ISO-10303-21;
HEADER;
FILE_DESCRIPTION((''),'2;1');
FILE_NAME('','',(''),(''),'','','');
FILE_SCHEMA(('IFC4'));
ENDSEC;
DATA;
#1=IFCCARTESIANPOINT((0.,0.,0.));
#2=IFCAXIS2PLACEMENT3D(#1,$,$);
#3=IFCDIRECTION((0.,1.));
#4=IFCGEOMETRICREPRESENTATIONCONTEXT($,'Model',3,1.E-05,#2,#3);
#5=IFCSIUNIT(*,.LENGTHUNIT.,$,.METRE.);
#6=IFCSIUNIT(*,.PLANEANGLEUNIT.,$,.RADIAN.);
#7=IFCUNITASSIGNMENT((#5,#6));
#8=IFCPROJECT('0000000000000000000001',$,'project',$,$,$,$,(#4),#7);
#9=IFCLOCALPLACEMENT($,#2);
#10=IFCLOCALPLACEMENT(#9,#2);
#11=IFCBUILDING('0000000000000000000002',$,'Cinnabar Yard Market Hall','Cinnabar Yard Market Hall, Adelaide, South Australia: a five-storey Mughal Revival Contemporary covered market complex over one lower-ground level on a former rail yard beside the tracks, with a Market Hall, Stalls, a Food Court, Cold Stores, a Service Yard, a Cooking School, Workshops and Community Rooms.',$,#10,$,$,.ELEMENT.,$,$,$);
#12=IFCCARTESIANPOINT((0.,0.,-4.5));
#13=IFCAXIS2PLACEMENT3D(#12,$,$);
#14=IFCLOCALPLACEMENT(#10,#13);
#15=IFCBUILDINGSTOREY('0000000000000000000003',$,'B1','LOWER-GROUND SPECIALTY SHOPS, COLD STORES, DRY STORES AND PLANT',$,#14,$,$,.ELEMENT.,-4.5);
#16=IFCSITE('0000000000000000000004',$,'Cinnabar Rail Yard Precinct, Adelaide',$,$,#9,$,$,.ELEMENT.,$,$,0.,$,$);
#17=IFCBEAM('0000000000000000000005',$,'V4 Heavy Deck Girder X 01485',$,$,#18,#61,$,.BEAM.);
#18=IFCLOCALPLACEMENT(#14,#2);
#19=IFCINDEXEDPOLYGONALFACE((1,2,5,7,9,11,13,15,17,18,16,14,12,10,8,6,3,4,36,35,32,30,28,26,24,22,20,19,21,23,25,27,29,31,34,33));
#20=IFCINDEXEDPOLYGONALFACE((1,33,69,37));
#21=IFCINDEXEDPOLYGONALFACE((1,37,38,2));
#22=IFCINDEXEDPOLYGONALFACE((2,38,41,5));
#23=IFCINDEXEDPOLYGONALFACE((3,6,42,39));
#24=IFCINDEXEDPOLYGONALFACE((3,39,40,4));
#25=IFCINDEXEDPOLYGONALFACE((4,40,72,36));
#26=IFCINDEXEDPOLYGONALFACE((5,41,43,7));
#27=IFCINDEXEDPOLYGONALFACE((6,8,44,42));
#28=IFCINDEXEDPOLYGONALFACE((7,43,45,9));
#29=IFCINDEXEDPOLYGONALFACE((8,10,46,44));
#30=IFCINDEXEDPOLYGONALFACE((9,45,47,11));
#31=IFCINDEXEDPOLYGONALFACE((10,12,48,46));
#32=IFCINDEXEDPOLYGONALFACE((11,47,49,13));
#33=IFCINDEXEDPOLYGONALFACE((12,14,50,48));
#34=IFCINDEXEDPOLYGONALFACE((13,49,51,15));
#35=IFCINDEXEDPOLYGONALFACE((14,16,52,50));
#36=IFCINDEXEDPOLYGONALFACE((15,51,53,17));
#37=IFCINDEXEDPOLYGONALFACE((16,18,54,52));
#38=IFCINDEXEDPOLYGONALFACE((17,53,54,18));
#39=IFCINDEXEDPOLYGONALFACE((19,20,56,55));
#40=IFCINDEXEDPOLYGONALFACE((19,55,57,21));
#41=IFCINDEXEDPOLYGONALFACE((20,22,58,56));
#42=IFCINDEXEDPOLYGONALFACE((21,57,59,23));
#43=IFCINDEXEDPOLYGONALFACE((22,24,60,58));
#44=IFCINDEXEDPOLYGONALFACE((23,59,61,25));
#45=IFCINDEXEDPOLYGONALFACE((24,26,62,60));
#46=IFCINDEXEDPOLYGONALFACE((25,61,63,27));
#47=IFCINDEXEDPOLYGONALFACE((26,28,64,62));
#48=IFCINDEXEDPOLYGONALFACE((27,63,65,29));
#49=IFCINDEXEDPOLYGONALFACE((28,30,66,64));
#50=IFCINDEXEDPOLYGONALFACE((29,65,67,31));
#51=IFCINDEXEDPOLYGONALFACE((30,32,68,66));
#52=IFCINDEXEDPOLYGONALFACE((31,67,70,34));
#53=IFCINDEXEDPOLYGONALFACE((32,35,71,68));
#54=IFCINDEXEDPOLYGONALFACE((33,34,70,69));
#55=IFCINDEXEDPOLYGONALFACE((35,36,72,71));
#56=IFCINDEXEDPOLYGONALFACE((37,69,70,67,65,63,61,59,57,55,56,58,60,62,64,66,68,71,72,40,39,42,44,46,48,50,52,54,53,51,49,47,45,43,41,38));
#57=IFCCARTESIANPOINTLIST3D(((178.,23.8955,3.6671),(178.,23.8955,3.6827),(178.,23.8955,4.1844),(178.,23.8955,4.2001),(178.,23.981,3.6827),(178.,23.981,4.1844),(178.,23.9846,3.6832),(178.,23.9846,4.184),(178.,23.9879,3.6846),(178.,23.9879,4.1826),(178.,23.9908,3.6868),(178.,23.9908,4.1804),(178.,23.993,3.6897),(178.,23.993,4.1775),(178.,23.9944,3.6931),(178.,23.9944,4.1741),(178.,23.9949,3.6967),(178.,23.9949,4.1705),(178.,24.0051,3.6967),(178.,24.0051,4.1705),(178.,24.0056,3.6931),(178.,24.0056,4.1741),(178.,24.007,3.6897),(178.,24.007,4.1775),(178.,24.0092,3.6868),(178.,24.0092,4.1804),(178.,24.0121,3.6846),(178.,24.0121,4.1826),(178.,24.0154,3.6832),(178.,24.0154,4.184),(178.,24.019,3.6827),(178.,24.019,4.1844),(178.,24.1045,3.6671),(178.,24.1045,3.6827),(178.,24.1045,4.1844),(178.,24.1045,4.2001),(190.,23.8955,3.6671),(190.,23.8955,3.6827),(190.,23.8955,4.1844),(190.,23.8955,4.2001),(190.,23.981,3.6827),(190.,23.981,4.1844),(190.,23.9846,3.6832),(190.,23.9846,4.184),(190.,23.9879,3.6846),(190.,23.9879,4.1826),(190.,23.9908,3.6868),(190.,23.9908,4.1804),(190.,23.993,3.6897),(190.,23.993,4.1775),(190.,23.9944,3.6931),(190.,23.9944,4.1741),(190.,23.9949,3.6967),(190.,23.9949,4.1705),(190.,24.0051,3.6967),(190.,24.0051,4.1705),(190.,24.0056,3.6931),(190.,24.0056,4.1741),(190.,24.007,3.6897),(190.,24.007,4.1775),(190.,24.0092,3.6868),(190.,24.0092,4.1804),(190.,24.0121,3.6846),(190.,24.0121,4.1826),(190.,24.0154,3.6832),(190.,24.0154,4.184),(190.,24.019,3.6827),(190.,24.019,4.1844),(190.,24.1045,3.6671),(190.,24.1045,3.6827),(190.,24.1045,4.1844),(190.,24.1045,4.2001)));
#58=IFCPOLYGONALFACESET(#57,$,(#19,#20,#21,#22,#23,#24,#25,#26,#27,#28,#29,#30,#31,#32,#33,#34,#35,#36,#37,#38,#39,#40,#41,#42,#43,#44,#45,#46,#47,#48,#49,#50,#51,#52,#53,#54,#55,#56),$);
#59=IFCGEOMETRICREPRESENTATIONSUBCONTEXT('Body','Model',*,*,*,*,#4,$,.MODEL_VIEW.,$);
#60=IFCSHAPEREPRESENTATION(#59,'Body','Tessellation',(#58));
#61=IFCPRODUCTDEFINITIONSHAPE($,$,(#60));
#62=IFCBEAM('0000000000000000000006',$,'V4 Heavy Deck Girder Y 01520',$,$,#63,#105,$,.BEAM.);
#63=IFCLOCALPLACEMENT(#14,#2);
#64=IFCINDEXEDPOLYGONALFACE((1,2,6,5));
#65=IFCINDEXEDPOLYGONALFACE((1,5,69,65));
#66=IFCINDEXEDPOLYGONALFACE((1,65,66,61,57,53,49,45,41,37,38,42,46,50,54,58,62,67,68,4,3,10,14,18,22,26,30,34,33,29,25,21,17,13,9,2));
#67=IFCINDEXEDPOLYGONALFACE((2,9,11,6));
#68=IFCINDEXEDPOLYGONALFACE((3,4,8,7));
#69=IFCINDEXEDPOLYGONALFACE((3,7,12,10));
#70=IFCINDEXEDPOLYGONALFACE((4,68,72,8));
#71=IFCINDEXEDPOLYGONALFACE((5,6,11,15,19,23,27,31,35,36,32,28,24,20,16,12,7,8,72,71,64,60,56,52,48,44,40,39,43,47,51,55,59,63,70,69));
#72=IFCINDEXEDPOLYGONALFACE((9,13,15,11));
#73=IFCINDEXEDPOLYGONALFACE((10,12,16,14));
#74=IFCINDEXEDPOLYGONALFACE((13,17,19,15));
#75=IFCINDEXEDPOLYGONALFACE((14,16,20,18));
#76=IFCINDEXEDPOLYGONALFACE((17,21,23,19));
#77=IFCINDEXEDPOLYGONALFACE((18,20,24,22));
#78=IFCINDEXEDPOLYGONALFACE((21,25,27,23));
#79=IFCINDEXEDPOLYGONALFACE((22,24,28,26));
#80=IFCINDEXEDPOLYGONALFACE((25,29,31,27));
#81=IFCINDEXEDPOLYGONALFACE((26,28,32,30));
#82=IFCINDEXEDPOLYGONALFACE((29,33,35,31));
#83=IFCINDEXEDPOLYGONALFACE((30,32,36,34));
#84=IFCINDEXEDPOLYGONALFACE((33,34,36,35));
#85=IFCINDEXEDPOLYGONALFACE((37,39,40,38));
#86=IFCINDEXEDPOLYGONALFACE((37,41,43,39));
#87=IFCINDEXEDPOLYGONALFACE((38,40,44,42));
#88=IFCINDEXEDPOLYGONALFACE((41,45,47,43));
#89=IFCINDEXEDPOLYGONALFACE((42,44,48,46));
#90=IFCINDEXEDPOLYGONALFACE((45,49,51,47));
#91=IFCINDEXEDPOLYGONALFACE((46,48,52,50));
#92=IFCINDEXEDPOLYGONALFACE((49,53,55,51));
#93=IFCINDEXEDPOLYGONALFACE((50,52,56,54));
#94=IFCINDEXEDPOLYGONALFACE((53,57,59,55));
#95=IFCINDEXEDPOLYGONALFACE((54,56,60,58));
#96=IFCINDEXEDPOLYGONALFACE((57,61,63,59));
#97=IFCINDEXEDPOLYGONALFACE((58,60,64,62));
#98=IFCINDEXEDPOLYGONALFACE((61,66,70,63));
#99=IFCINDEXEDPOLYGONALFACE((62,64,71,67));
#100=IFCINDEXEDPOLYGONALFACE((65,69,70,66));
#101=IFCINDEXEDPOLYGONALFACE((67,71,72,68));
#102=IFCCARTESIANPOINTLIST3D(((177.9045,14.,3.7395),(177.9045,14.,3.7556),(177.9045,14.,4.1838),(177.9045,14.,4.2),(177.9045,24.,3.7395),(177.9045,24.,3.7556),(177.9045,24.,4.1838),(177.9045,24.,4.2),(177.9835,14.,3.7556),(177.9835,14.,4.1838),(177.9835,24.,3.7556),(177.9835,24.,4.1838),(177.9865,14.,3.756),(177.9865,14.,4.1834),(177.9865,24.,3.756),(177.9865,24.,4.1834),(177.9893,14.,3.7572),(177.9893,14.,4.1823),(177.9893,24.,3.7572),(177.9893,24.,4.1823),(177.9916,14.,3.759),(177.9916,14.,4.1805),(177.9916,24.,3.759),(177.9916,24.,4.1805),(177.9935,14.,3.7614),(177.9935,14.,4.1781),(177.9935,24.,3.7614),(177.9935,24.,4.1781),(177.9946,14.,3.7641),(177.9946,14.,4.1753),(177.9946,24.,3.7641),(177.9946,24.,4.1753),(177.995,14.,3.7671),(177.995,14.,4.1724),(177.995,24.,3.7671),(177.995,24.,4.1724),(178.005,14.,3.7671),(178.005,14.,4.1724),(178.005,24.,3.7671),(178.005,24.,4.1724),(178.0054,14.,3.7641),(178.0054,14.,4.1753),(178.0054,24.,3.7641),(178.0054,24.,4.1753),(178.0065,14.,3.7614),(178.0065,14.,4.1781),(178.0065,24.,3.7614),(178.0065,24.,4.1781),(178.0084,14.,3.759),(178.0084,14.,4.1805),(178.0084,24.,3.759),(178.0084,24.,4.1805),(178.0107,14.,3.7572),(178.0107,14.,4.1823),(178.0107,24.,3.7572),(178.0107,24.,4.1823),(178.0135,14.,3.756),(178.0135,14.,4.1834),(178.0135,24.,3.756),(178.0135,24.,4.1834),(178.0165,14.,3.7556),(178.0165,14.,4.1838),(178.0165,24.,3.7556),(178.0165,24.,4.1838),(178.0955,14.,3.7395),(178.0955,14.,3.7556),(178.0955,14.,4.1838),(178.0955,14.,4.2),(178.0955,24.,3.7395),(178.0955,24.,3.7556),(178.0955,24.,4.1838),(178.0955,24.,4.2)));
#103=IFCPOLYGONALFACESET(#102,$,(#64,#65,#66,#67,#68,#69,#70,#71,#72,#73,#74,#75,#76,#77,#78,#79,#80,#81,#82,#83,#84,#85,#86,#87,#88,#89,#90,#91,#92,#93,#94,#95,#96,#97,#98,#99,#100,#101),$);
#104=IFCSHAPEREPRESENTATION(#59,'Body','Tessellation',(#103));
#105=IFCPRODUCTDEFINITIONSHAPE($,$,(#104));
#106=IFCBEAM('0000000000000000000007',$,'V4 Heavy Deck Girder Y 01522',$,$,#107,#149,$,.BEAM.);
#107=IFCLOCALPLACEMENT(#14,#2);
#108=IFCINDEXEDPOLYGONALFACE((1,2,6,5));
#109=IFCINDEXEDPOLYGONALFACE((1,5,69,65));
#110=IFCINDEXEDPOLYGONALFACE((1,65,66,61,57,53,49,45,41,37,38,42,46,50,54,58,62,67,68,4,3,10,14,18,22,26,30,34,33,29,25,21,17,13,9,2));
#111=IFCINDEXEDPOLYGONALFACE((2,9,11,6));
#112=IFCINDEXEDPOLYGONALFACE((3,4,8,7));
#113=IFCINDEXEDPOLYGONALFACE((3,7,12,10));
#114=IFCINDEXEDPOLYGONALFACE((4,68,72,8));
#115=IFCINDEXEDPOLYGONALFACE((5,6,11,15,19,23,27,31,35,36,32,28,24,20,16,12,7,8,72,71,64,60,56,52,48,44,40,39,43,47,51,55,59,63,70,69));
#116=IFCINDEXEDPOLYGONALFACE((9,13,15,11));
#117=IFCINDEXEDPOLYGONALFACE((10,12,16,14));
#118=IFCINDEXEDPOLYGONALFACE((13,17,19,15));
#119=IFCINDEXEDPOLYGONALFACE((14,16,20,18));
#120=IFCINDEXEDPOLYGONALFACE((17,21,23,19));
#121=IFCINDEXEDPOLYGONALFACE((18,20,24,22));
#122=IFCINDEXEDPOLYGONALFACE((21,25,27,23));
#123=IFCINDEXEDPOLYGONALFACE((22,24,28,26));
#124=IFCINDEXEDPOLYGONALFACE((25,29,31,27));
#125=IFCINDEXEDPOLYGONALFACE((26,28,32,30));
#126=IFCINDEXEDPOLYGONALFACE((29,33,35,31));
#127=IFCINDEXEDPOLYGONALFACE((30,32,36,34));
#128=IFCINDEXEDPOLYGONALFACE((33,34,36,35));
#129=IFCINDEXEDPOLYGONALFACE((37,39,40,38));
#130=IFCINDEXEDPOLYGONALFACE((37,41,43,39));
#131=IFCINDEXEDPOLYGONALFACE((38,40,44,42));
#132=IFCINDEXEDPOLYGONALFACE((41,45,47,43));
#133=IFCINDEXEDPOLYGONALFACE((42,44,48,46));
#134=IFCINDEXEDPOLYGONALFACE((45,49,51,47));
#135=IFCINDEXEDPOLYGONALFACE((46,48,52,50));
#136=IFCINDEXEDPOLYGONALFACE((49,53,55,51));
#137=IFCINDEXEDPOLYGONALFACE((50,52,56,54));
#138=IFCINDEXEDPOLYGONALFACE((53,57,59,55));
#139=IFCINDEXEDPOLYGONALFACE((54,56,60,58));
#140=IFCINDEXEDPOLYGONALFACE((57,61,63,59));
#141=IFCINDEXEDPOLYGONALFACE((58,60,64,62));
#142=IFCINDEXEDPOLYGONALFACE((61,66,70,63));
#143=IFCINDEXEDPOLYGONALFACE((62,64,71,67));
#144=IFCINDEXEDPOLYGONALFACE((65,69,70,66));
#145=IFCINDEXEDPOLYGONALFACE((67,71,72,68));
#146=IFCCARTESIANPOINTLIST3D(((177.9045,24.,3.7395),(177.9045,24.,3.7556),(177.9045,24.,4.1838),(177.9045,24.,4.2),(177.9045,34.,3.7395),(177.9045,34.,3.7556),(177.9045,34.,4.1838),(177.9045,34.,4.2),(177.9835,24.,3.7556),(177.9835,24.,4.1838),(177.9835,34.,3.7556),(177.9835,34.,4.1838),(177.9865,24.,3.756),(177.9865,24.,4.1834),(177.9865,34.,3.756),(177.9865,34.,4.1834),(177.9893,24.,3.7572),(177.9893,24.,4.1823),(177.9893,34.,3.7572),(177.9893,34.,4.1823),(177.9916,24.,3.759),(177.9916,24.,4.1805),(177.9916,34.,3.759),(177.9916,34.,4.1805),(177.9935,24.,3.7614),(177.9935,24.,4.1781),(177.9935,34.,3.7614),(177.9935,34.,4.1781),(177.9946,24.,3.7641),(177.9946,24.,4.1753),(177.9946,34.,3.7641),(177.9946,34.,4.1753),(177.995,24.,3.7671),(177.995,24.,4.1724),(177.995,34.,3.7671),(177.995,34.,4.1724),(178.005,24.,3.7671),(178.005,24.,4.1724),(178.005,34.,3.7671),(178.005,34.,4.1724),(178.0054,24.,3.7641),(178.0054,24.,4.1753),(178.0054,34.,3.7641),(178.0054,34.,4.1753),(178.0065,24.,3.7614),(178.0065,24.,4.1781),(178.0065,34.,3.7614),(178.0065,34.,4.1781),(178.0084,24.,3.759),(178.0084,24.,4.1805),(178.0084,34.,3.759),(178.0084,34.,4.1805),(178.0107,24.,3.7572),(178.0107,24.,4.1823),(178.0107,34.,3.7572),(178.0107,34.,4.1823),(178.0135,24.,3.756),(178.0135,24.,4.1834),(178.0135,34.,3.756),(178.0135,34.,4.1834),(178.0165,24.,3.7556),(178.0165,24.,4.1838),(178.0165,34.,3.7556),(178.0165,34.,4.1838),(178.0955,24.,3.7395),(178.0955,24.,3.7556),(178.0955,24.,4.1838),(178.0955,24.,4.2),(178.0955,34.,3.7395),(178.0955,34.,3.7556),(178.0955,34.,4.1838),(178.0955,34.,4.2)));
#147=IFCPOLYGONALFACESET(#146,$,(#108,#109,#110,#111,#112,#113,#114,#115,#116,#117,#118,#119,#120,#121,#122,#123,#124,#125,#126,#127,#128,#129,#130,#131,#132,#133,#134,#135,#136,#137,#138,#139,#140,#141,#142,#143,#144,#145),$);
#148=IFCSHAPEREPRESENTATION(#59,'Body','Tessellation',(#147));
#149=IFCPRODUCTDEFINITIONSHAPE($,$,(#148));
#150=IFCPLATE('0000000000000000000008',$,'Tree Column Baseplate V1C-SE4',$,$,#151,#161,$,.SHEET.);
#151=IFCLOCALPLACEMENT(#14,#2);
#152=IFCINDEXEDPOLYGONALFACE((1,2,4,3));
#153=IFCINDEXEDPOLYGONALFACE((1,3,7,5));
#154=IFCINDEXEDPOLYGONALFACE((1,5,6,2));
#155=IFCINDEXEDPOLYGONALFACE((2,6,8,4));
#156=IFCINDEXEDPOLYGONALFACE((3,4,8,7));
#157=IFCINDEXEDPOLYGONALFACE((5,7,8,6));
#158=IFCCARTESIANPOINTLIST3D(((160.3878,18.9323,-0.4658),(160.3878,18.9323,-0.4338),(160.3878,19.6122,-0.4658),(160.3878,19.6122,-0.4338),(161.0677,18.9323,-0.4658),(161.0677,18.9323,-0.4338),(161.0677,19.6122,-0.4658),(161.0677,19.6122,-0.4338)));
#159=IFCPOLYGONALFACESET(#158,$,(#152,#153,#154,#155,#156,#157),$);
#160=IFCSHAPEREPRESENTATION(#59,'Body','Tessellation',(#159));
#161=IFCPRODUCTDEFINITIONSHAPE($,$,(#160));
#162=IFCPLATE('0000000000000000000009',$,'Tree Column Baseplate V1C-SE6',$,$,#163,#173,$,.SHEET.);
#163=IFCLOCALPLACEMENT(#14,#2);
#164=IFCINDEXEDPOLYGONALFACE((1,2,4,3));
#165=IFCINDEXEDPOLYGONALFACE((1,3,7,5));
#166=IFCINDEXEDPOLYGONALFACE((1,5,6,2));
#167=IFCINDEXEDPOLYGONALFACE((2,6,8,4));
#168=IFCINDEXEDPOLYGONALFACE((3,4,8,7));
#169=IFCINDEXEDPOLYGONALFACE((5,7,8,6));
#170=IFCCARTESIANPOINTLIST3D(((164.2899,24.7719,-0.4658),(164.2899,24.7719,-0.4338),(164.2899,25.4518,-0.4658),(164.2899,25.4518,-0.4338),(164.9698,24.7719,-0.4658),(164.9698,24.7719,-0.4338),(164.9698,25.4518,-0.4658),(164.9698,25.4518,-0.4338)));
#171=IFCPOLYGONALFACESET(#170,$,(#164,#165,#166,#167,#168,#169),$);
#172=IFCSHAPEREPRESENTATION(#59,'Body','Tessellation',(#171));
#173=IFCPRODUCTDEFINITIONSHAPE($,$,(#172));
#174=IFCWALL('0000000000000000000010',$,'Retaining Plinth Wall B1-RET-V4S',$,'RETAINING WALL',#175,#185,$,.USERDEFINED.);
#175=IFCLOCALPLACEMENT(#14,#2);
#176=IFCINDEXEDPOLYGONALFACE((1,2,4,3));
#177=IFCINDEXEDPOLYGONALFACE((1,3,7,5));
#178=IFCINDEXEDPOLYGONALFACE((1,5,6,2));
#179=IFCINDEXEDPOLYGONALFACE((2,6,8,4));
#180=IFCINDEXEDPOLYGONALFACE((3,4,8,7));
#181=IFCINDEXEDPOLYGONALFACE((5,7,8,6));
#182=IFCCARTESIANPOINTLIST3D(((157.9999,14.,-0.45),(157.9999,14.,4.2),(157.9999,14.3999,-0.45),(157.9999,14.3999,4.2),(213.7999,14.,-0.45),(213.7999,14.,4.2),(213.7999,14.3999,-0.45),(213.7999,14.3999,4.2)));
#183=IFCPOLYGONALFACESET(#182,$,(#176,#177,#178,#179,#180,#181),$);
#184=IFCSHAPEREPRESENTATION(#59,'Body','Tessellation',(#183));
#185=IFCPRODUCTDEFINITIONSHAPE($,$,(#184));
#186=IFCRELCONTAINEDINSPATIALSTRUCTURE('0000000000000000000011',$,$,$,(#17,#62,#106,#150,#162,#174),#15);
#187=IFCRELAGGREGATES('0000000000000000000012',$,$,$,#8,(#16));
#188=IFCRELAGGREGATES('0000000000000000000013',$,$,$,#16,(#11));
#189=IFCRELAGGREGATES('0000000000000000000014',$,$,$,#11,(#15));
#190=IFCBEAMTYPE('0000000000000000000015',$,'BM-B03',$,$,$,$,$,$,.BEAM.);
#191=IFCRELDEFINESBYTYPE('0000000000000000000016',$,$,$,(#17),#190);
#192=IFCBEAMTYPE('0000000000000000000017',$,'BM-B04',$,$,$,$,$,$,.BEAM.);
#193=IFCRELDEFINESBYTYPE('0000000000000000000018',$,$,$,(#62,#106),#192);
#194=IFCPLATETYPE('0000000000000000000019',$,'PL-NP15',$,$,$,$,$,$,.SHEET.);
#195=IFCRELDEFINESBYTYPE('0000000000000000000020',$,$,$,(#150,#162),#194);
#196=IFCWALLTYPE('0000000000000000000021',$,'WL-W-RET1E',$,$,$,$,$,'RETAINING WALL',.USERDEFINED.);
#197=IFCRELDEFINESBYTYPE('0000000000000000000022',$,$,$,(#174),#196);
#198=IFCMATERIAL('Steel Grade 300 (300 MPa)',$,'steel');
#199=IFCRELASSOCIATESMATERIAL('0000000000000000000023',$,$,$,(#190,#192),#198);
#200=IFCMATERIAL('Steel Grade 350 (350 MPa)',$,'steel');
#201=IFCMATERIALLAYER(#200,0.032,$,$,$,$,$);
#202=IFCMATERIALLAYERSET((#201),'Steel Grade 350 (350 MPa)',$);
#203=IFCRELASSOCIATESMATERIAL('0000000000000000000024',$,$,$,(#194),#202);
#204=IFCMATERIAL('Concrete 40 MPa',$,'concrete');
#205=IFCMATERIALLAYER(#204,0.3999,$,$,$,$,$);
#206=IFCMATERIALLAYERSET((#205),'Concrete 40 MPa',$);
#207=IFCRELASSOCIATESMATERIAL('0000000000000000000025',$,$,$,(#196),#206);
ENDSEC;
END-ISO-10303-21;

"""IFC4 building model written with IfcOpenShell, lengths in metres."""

from ifc_helpers import new_model, si_unit, direction, frame, frame_2d, origin, origin_2d_with_axis, place, context, subcontext, project, spatial, rectangle, i_section, extrude, material, layer, layer_set, material_profile, profile_set, type_object, element, save


model = new_model("IFC4")

# Units and contexts
model_context = context("Model", 3, precision=1e-05, world=origin(), true_north=direction((0.0, 1.0)))
body_context = subcontext(model_context, "Body", "Model", "MODEL_VIEW")
ifc_project = project(units=[si_unit("LENGTHUNIT", "METRE"), si_unit("PLANEANGLEUNIT", "RADIAN")], contexts=[model_context])

# Site, building, storey
site_placement = place(None, origin())
site = spatial("IfcSite", under=ifc_project, at=site_placement, Name="Cinnabar Rail Yard Precinct, Adelaide", CompositionType="ELEMENT", RefElevation=0.0)
building_placement = place(site_placement, origin())
building = spatial("IfcBuilding", under=site, at=building_placement, Name="Cinnabar Yard Market Hall", Description="Cinnabar Yard Market Hall, Adelaide, South Australia: a five-storey Mughal Revival Contemporary covered market complex over one lower-ground level on a former rail yard beside the tracks, with a Market Hall, Stalls, a Food Court, Cold Stores, a Service Yard, a Cooking School, Workshops and Community Rooms.", CompositionType="ELEMENT")
storey_placement = place(building_placement, frame((0.0, 0.0, -4.5)))
storey = spatial("IfcBuildingStorey", under=building, at=storey_placement, Name="B1", Description="LOWER-GROUND SPECIALTY SHOPS, COLD STORES, DRY STORES AND PLANT", CompositionType="ELEMENT", Elevation=-4.5)

# Shared definitions
ifc_material_1 = material(Name="Concrete 40 MPa", Category="concrete")

# Shared definitions
ifc_material_2 = material(Name="Steel Grade 300 (300 MPa)", Category="steel")

# Beams
ifc_material_profile_1 = material_profile(ifc_material_2, i_section(OverallWidth=0.209, OverallDepth=0.533, WebThickness=0.0103, FlangeThickness=0.0156, FilletRadius=0.0139, at=origin_2d_with_axis()), Name="530UB92.4")
ifc_profile_set_1 = profile_set([ifc_material_profile_1], Name="Steel Grade 300 (300 MPa)")
beam_type_1 = type_object("IfcBeamType", Name="BM-B03", PredefinedType="BEAM", material=ifc_profile_set_1)
for number, where, z_axis, x_axis, name in (
    (1, (178.0, 24.0, 3.9336), (1.0, 0.0, 0.0), (0.0, 1.0, 0.0), "V4 Heavy Deck Girder X 01485"),
):
    element("IfcBeam", number, at=place(storey_placement, frame(where, z_axis=z_axis, x_axis=x_axis)), inside=storey, type_object=beam_type_1, Name=name, PredefinedType="BEAM", context=body_context, shape_type="SweptSolid", body=[
        extrude(i_section(OverallWidth=0.209, OverallDepth=0.533, WebThickness=0.0103, FlangeThickness=0.0156, FilletRadius=0.0139, at=origin_2d_with_axis()), origin(), (0.0, 0.0, 1.0), 12.0),
    ])
ifc_material_profile_2 = material_profile(ifc_material_2, i_section(OverallWidth=0.1909, OverallDepth=0.4604, WebThickness=0.01, FlangeThickness=0.0161, FilletRadius=0.0115, at=origin_2d_with_axis()), Name="460UB82.1")
ifc_profile_set_2 = profile_set([ifc_material_profile_2], Name="Steel Grade 300 (300 MPa)")
beam_type_2 = type_object("IfcBeamType", Name="BM-B04", PredefinedType="BEAM", material=ifc_profile_set_2)
for number, where, z_axis, x_axis, name in (
    (2, (178.0, 14.0, 3.9697), (0.0, 1.0, 0.0), (-1.0, 0.0, 0.0), "V4 Heavy Deck Girder Y 01520"),
    (3, (178.0, 24.0, 3.9697), (0.0, 1.0, 0.0), (-1.0, 0.0, 0.0), "V4 Heavy Deck Girder Y 01522"),
):
    element("IfcBeam", number, at=place(storey_placement, frame(where, z_axis=z_axis, x_axis=x_axis)), inside=storey, type_object=beam_type_2, Name=name, PredefinedType="BEAM", context=body_context, shape_type="SweptSolid", body=[
        extrude(i_section(OverallWidth=0.1909, OverallDepth=0.4604, WebThickness=0.01, FlangeThickness=0.0161, FilletRadius=0.0115, at=origin_2d_with_axis()), origin(), (0.0, 0.0, 1.0), 10.0),
    ])

# Plates
ifc_material_3 = material(Name="Steel Grade 350 (350 MPa)", Category="steel")
ifc_layer_1 = layer(ifc_material_3, 0.032)
ifc_layer_set_1 = layer_set([ifc_layer_1], Name="Steel Grade 350 (350 MPa)")
plate_type = type_object("IfcPlateType", Name="PL-NP15", PredefinedType="SHEET", material=ifc_layer_set_1)
for number, where, z_axis, x_axis, name in (
    (4, (160.7278, 19.2722, -0.4658), (0.0, 0.0, 1.0), (1.0, 0.0, 0.0), "Tree Column Baseplate V1C-SE4"),
    (5, (164.6299, 25.1118, -0.4658), (0.0, 0.0, 1.0), (1.0, 0.0, 0.0), "Tree Column Baseplate V1C-SE6"),
):
    element("IfcPlate", number, at=place(storey_placement, frame(where, z_axis=z_axis, x_axis=x_axis)), inside=storey, type_object=plate_type, Name=name, PredefinedType="SHEET", context=body_context, shape_type="SweptSolid", body=[
        extrude(rectangle(XDim=0.6799, YDim=0.6799, at=origin_2d_with_axis()), origin(), (0.0, 0.0, 1.0), 0.032),
    ])

# Wall
ifc_layer_2 = layer(ifc_material_1, 0.3999)
ifc_layer_set_2 = layer_set([ifc_layer_2], Name="Concrete 40 MPa")
wall_type = type_object("IfcWallType", Name="WL-W-RET1E", ElementType="RETAINING WALL", PredefinedType="USERDEFINED", material=ifc_layer_set_2)
wall_placement = place(storey_placement, frame((158.0, 14.2, -0.45), z_axis=(0.0, 0.0, 1.0), x_axis=(1.0, 0.0, 0.0)))
element("IfcWall", 6, at=wall_placement, inside=storey, type_object=wall_type, Name="Retaining Plinth Wall B1-RET-V4S", ObjectType="RETAINING WALL", PredefinedType="USERDEFINED", context=body_context, shape_type="SweptSolid", body=[
    extrude(rectangle(XDim=55.8, YDim=0.3999, at=frame_2d((27.8999, 0.0), x_axis=(1.0, 0.0))), origin(), (0.0, 0.0, 1.0), 4.6499),
])

save(model, "model.ifc")
